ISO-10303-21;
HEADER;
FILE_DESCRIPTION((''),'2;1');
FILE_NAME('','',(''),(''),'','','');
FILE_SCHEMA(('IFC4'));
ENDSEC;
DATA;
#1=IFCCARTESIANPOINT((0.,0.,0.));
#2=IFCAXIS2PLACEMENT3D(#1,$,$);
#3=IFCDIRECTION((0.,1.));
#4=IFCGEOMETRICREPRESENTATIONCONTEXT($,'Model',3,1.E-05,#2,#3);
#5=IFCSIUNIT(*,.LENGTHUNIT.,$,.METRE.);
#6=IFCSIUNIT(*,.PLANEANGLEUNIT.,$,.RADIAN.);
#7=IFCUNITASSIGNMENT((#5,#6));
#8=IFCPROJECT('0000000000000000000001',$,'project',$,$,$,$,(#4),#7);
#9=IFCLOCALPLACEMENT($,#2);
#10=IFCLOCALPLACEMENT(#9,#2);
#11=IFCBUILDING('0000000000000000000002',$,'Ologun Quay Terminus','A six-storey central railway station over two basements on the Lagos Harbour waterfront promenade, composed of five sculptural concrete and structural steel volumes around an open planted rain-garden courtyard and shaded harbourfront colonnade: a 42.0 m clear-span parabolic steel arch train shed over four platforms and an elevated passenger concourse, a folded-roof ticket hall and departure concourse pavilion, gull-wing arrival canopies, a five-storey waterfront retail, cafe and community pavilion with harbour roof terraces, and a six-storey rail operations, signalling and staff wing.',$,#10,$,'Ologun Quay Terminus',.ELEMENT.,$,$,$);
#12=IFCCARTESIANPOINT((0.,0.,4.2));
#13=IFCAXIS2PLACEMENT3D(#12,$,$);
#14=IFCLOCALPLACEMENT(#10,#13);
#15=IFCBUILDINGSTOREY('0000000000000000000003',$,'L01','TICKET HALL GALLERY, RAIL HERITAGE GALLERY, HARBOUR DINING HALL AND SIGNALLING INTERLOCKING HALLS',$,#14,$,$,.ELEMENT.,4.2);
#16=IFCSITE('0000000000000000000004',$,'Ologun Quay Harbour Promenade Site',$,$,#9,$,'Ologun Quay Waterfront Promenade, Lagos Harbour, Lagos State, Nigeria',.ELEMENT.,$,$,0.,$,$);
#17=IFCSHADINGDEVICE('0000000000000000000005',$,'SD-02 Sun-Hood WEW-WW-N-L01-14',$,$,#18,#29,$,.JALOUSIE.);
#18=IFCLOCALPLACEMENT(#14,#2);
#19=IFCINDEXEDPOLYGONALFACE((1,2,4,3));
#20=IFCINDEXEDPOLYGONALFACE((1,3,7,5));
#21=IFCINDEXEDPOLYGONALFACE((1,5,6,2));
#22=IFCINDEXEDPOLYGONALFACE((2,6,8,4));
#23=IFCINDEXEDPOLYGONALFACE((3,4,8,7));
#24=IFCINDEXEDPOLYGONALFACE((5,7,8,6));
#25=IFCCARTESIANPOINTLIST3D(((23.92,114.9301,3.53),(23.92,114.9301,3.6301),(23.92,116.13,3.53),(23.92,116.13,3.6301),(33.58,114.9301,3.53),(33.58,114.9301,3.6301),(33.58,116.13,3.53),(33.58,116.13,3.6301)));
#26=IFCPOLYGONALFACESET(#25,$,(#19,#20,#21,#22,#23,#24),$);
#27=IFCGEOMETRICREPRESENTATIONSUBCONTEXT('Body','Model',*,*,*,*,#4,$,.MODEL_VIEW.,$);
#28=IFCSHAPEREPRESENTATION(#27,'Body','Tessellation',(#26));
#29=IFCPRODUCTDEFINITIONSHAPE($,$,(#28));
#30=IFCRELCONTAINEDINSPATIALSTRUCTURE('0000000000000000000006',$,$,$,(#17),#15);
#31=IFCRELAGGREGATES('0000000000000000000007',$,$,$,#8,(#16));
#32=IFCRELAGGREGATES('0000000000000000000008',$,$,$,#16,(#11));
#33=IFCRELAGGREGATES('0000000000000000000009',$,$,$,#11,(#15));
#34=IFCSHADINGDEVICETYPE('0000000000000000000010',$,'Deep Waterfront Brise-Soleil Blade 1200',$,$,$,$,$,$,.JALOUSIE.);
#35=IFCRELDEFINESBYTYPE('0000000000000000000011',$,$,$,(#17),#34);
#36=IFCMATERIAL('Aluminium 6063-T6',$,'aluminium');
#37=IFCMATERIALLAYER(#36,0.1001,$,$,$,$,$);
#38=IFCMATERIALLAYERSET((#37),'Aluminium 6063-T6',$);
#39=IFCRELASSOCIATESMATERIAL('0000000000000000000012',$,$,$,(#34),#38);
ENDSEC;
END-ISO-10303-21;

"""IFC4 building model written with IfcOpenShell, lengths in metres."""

from ifc_helpers import new_model, si_unit, direction, frame, origin, origin_2d, place, context, subcontext, project, spatial, rectangle, extrude, material, layer, layer_set, type_object, element, save


model = new_model("IFC4")

# Units and contexts
model_context = context("Model", 3, precision=1e-05, world=origin(), true_north=direction((0.0, 1.0)))
body_context = subcontext(model_context, "Body", "Model", "MODEL_VIEW")
ifc_project = project(units=[si_unit("LENGTHUNIT", "METRE"), si_unit("PLANEANGLEUNIT", "RADIAN")], contexts=[model_context])

# Site, building, storey
site_placement = place(None, origin())
site = spatial("IfcSite", under=ifc_project, at=site_placement, Name="Ologun Quay Harbour Promenade Site", LongName="Ologun Quay Waterfront Promenade, Lagos Harbour, Lagos State, Nigeria", CompositionType="ELEMENT", RefElevation=0.0)
building_placement = place(site_placement, origin())
building = spatial("IfcBuilding", under=site, at=building_placement, Name="Ologun Quay Terminus", Description="A six-storey central railway station over two basements on the Lagos Harbour waterfront promenade, composed of five sculptural concrete and structural steel volumes around an open planted rain-garden courtyard and shaded harbourfront colonnade: a 42.0 m clear-span parabolic steel arch train shed over four platforms and an elevated passenger concourse, a folded-roof ticket hall and departure concourse pavilion, gull-wing arrival canopies, a five-storey waterfront retail, cafe and community pavilion with harbour roof terraces, and a six-storey rail operations, signalling and staff wing.", LongName="Ologun Quay Terminus", CompositionType="ELEMENT")
storey_placement = place(building_placement, frame((0.0, 0.0, 4.2)))
storey = spatial("IfcBuildingStorey", under=building, at=storey_placement, Name="L01", Description="TICKET HALL GALLERY, RAIL HERITAGE GALLERY, HARBOUR DINING HALL AND SIGNALLING INTERLOCKING HALLS", CompositionType="ELEMENT", Elevation=4.2)

# Shading device
ifc_material_1 = material(Name="Aluminium 6063-T6", Category="aluminium")
ifc_layer_1 = layer(ifc_material_1, 0.1001)
ifc_layer_set_1 = layer_set([ifc_layer_1], Name="Aluminium 6063-T6")
shading_device_type = type_object("IfcShadingDeviceType", Name="Deep Waterfront Brise-Soleil Blade 1200", PredefinedType="JALOUSIE", material=ifc_layer_set_1)
shading_device_placement = place(storey_placement, frame((28.75, 115.53, 3.53), z_axis=(0.0, 0.0, 1.0), x_axis=(1.0, 0.0, 0.0)))
element("IfcShadingDevice", 1, at=shading_device_placement, inside=storey, type_object=shading_device_type, Name="SD-02 Sun-Hood WEW-WW-N-L01-14", PredefinedType="JALOUSIE", context=body_context, shape_type="SweptSolid", body=[
    extrude(rectangle(XDim=9.6599, YDim=1.2, at=origin_2d()), origin(), (0.0, 0.0, 1.0), 0.1001),
])

save(model, "model.ifc")
